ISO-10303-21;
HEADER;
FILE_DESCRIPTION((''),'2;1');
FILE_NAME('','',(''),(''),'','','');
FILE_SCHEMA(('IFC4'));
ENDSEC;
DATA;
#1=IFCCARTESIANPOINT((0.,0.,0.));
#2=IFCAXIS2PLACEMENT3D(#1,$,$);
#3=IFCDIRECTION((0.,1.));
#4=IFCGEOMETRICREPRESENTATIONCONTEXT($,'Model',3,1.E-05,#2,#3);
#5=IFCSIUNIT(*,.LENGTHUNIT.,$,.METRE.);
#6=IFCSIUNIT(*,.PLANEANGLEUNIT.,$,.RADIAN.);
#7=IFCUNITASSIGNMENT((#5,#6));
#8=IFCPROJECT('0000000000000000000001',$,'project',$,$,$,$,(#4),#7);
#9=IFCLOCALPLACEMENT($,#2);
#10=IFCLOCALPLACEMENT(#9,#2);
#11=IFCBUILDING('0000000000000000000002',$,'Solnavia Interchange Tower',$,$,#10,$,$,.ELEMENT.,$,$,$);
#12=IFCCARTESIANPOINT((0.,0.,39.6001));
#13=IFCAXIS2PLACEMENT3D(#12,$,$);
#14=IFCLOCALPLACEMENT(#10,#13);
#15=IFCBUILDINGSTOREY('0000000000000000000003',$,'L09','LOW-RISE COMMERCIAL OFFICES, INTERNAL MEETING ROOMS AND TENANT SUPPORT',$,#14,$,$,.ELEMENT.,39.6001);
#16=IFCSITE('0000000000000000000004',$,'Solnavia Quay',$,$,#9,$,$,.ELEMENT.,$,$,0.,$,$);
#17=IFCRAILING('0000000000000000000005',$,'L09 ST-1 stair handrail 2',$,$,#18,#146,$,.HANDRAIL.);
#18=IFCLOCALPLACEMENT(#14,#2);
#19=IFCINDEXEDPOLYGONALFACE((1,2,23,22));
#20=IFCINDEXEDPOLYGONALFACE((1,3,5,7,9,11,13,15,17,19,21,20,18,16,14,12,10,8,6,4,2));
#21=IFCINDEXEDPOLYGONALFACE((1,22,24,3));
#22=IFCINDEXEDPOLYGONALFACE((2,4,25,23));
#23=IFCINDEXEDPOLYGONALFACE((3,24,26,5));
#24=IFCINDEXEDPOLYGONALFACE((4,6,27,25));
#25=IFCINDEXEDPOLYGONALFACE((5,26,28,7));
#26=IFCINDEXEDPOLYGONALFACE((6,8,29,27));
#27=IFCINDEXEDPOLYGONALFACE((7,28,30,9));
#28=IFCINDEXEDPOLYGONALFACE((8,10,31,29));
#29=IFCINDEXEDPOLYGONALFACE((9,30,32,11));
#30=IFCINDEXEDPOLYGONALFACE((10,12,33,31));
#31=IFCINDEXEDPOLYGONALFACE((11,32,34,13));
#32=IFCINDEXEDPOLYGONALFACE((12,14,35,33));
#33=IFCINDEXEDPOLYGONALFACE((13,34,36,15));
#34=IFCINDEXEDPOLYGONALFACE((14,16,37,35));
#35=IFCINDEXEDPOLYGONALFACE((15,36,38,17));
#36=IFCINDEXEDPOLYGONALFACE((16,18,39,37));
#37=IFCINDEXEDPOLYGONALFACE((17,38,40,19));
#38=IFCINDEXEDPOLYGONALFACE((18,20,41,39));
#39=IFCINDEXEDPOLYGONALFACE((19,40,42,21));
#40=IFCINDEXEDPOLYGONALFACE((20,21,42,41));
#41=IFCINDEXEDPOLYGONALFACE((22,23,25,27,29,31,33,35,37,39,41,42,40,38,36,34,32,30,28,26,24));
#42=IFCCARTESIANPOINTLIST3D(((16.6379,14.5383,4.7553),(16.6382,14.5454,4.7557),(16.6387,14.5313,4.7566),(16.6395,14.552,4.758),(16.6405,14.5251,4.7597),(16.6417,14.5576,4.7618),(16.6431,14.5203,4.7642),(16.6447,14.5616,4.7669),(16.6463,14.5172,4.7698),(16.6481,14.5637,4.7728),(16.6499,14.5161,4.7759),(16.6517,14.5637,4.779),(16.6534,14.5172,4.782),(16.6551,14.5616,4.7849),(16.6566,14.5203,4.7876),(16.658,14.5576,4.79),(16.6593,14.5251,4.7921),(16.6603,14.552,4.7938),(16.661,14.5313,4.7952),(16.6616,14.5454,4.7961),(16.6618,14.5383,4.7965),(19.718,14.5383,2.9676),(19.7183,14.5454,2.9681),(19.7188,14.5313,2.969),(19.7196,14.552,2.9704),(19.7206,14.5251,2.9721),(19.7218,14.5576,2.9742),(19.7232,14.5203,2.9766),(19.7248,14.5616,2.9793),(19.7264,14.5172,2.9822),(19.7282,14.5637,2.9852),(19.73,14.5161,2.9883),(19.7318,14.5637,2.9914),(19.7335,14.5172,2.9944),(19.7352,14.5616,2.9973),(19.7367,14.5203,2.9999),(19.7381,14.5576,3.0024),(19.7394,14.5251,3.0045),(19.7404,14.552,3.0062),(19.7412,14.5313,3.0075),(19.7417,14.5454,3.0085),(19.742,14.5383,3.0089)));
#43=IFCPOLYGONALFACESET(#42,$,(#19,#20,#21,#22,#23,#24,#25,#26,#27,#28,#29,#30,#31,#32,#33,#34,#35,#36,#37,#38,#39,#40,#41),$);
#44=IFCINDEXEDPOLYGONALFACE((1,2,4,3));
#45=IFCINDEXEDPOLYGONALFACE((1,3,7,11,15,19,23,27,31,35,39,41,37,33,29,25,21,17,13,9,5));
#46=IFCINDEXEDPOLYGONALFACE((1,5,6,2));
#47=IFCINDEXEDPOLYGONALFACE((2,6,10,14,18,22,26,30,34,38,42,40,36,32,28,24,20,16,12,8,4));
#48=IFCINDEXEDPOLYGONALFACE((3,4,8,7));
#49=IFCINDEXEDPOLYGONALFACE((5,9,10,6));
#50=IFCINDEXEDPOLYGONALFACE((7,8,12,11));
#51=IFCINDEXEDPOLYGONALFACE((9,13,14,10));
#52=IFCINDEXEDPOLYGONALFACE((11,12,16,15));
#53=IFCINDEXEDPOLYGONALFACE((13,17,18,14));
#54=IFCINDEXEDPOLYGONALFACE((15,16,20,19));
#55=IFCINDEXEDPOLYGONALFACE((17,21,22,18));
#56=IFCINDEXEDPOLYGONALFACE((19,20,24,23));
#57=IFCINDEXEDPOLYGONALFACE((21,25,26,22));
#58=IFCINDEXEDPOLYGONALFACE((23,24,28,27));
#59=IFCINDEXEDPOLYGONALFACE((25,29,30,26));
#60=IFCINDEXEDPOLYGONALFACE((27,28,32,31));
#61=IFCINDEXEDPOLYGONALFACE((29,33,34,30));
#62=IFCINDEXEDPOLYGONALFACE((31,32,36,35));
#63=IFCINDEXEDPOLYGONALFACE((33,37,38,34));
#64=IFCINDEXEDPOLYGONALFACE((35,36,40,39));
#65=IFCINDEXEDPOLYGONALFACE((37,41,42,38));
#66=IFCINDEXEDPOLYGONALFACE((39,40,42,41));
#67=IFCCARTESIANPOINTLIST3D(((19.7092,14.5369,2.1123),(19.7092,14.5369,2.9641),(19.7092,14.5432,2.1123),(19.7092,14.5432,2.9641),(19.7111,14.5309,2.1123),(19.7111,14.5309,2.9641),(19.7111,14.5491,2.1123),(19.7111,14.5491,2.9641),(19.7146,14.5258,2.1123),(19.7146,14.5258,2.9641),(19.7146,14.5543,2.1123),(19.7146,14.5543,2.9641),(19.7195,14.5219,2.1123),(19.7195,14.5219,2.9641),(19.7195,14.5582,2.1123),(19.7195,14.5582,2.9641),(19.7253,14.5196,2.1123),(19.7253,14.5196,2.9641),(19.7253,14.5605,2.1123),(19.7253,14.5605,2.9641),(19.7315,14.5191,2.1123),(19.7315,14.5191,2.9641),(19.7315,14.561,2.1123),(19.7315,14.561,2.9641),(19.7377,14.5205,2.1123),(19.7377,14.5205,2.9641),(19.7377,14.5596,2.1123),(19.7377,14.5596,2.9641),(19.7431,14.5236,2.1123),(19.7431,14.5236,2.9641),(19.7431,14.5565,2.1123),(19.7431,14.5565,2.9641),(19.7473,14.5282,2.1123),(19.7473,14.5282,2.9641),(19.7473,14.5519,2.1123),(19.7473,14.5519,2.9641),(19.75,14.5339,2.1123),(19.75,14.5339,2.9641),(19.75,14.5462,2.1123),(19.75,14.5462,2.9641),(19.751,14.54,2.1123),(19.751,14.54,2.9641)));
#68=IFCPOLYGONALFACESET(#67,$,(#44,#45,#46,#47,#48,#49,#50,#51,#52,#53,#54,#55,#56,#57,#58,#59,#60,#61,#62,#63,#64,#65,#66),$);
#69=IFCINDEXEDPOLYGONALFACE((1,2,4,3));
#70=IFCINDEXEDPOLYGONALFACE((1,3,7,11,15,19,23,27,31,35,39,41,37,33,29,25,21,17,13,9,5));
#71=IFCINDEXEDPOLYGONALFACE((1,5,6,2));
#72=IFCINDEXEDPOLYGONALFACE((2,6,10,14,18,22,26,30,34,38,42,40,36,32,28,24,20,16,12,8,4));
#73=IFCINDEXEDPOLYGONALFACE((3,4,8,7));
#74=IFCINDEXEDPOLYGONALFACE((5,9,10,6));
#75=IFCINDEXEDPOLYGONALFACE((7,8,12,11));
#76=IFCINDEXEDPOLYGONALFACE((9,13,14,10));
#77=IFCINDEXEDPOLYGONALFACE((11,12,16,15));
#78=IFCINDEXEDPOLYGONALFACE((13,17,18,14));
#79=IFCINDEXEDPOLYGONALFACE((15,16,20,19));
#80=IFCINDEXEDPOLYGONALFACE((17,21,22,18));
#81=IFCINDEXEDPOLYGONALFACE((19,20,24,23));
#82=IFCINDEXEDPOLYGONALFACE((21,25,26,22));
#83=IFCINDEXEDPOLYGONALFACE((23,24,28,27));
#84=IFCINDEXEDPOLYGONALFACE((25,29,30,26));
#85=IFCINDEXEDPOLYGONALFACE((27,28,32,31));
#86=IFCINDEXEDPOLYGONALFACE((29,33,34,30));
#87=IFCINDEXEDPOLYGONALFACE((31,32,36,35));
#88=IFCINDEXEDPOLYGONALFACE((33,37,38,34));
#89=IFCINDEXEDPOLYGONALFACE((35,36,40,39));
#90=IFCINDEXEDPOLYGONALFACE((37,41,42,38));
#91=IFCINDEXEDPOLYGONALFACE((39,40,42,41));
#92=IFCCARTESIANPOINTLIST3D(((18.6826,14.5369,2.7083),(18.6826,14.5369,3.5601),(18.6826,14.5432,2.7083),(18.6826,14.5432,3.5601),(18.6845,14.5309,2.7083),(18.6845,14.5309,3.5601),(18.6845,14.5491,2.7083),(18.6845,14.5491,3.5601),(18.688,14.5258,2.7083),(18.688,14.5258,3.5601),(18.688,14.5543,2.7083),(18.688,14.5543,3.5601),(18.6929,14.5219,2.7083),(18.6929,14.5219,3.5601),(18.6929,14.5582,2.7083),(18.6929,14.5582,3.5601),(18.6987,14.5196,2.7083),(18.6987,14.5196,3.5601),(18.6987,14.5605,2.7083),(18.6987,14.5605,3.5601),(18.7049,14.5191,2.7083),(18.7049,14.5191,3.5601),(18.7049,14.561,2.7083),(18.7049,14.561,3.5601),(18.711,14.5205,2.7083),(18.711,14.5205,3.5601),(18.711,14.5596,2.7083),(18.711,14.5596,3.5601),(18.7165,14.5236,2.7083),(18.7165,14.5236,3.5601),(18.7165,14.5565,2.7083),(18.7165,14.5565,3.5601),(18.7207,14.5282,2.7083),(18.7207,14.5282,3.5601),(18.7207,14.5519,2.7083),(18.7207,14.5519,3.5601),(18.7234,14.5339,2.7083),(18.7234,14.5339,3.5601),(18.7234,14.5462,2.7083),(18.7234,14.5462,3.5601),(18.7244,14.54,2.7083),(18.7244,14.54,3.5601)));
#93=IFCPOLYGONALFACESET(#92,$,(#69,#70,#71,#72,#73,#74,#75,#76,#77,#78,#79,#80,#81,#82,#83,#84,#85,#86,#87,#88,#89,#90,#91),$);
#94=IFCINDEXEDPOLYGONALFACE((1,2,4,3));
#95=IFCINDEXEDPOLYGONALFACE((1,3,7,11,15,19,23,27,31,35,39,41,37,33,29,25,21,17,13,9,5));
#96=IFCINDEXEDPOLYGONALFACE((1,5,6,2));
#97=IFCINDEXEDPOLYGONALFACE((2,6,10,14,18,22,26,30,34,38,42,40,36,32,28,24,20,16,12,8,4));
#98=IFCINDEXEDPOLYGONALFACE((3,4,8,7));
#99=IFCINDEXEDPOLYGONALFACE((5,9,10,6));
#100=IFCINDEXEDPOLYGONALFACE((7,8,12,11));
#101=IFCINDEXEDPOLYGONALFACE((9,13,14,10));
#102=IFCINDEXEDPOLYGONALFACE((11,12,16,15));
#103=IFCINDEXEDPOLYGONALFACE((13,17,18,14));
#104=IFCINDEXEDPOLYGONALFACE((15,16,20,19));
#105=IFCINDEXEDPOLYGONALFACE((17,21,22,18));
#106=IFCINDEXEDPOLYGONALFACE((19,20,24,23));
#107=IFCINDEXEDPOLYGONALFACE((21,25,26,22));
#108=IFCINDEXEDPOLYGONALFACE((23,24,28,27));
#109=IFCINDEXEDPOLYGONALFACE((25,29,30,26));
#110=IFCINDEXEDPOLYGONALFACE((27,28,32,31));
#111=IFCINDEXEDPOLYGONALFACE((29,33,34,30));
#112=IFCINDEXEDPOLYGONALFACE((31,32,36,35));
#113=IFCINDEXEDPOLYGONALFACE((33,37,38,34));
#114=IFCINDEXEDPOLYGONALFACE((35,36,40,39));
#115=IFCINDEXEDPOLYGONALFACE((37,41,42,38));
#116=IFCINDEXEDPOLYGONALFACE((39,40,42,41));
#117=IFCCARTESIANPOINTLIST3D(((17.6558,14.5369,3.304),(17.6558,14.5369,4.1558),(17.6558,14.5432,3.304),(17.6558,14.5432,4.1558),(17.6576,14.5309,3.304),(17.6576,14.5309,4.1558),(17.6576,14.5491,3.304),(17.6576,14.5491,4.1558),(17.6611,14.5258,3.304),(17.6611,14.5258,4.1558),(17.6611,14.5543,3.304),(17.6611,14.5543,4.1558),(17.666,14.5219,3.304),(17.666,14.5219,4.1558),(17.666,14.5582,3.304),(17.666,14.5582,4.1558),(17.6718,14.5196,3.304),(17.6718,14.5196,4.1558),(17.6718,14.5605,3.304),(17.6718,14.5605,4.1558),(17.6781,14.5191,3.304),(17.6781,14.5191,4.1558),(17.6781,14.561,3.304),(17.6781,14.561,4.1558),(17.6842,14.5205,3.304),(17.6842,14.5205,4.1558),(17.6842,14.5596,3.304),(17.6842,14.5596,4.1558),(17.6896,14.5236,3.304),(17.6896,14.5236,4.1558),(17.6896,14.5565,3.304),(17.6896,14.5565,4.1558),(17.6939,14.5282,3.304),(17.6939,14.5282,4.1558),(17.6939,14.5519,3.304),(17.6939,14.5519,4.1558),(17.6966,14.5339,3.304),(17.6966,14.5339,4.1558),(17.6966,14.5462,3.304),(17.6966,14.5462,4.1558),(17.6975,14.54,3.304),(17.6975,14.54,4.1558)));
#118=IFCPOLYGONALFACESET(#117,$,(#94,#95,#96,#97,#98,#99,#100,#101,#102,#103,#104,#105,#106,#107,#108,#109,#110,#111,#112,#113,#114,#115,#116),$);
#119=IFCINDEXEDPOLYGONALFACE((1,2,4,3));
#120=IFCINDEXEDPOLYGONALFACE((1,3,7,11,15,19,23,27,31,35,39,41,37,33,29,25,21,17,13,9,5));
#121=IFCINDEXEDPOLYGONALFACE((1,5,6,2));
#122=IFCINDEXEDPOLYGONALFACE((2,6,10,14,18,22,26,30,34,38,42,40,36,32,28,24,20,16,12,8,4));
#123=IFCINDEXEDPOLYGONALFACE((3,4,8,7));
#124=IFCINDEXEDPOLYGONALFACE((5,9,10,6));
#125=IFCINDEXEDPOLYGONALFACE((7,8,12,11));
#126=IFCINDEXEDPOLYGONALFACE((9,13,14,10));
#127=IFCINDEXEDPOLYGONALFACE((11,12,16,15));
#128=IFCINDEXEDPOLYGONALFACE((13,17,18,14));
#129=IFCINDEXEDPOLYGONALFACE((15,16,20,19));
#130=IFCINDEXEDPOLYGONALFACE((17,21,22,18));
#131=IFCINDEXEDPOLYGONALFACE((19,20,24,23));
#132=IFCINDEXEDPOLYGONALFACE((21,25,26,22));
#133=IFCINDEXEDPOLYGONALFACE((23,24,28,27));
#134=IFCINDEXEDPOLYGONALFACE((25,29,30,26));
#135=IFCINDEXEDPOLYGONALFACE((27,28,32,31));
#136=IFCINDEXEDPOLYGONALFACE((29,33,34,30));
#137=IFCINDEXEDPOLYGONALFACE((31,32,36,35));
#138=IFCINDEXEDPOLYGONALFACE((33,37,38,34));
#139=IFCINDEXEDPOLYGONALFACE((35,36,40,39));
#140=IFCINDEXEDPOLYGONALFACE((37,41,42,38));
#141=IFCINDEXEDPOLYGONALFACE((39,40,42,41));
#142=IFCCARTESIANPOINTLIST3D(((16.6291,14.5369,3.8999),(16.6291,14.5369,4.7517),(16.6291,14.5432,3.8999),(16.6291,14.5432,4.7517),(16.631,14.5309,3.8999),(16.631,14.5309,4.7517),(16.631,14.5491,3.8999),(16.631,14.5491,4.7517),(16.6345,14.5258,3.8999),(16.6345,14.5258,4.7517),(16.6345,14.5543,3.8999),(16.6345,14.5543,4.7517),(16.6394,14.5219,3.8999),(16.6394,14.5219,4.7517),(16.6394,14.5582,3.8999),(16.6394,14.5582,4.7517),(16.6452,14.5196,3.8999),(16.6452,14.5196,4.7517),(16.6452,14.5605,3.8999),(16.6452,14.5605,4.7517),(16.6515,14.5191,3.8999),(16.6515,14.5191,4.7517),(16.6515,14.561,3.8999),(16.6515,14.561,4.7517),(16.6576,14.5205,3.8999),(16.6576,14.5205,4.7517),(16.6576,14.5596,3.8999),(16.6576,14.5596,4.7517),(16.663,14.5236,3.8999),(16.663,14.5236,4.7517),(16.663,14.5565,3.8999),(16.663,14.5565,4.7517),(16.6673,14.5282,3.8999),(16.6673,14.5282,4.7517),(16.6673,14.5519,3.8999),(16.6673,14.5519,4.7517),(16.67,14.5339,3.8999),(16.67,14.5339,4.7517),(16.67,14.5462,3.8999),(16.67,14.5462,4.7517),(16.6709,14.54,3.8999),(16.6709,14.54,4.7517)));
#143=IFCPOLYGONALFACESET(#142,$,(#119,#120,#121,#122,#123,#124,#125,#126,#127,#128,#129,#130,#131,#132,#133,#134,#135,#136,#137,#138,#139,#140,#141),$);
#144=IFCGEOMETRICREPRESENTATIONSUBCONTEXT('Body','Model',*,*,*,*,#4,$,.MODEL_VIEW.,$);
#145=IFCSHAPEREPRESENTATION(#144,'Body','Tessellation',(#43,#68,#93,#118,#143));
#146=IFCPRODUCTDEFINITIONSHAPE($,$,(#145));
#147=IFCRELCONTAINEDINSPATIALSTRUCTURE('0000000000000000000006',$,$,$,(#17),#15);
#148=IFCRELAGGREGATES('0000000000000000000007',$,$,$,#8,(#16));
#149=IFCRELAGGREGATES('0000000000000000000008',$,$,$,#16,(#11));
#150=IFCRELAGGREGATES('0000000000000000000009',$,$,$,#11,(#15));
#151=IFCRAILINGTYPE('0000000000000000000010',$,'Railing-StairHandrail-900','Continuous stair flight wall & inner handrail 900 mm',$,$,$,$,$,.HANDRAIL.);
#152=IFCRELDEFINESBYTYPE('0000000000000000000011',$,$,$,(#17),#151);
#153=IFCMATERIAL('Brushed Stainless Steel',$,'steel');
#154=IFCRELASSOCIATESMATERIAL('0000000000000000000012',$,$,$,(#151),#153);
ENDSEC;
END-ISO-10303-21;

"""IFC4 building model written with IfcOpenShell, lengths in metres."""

from ifc_helpers import new_model, si_unit, direction, frame, origin, origin_2d, place, context, subcontext, project, spatial, circle, extrude, material, type_object, element, save


model = new_model("IFC4")

# Units and contexts
model_context = context("Model", 3, precision=1e-05, world=origin(), true_north=direction((0.0, 1.0)))
body_context = subcontext(model_context, "Body", "Model", "MODEL_VIEW")
ifc_project = project(units=[si_unit("LENGTHUNIT", "METRE"), si_unit("PLANEANGLEUNIT", "RADIAN")], contexts=[model_context])

# Site, building, storey
site_placement = place(None, origin())
site = spatial("IfcSite", under=ifc_project, at=site_placement, Name="Solnavia Quay", CompositionType="ELEMENT", RefElevation=0.0)
building_placement = place(site_placement, origin())
building = spatial("IfcBuilding", under=site, at=building_placement, Name="Solnavia Interchange Tower", CompositionType="ELEMENT")
storey_placement = place(building_placement, frame((0.0, 0.0, 39.6001)))
storey = spatial("IfcBuildingStorey", under=building, at=storey_placement, Name="L09", Description="LOW-RISE COMMERCIAL OFFICES, INTERNAL MEETING ROOMS AND TENANT SUPPORT", CompositionType="ELEMENT", Elevation=39.6001)

# Railing
ifc_material_1 = material(Name="Brushed Stainless Steel", Category="steel")
railing_type_1 = type_object("IfcRailingType", Name="Railing-StairHandrail-900", Description="Continuous stair flight wall & inner handrail 900 mm", PredefinedType="HANDRAIL", material=ifc_material_1)
railing_1_placement = place(storey_placement, frame((19.73, 14.54, 2.1123)))
element("IfcRailing", 1, at=railing_1_placement, inside=storey, type_object=railing_type_1, Name="L09 ST-1 stair handrail 2", PredefinedType="HANDRAIL", context=body_context, shape_type="SweptSolid", body=[
    extrude(circle(Radius=0.0239, at=origin_2d()), frame((0.0, 0.0, 0.876), z_axis=(-0.864891, 0.0, 0.50196), x_axis=(0.0, -1.0, 0.0)), (0.0, 0.0, 1.0), 3.5613),
    extrude(circle(Radius=0.021, at=origin_2d()), origin(), (0.0, 0.0, 1.0), 0.8518),
    extrude(circle(Radius=0.021, at=origin_2d()), frame((-1.0266, 0.0, 0.5959)), (0.0, 0.0, 1.0), 0.8518),
    extrude(circle(Radius=0.021, at=origin_2d()), frame((-2.0535, 0.0, 1.1917)), (0.0, 0.0, 1.0), 0.8518),
    extrude(circle(Radius=0.021, at=origin_2d()), frame((-3.0801, 0.0, 1.7876)), (0.0, 0.0, 1.0), 0.8518),
])

save(model, "model.ifc")
